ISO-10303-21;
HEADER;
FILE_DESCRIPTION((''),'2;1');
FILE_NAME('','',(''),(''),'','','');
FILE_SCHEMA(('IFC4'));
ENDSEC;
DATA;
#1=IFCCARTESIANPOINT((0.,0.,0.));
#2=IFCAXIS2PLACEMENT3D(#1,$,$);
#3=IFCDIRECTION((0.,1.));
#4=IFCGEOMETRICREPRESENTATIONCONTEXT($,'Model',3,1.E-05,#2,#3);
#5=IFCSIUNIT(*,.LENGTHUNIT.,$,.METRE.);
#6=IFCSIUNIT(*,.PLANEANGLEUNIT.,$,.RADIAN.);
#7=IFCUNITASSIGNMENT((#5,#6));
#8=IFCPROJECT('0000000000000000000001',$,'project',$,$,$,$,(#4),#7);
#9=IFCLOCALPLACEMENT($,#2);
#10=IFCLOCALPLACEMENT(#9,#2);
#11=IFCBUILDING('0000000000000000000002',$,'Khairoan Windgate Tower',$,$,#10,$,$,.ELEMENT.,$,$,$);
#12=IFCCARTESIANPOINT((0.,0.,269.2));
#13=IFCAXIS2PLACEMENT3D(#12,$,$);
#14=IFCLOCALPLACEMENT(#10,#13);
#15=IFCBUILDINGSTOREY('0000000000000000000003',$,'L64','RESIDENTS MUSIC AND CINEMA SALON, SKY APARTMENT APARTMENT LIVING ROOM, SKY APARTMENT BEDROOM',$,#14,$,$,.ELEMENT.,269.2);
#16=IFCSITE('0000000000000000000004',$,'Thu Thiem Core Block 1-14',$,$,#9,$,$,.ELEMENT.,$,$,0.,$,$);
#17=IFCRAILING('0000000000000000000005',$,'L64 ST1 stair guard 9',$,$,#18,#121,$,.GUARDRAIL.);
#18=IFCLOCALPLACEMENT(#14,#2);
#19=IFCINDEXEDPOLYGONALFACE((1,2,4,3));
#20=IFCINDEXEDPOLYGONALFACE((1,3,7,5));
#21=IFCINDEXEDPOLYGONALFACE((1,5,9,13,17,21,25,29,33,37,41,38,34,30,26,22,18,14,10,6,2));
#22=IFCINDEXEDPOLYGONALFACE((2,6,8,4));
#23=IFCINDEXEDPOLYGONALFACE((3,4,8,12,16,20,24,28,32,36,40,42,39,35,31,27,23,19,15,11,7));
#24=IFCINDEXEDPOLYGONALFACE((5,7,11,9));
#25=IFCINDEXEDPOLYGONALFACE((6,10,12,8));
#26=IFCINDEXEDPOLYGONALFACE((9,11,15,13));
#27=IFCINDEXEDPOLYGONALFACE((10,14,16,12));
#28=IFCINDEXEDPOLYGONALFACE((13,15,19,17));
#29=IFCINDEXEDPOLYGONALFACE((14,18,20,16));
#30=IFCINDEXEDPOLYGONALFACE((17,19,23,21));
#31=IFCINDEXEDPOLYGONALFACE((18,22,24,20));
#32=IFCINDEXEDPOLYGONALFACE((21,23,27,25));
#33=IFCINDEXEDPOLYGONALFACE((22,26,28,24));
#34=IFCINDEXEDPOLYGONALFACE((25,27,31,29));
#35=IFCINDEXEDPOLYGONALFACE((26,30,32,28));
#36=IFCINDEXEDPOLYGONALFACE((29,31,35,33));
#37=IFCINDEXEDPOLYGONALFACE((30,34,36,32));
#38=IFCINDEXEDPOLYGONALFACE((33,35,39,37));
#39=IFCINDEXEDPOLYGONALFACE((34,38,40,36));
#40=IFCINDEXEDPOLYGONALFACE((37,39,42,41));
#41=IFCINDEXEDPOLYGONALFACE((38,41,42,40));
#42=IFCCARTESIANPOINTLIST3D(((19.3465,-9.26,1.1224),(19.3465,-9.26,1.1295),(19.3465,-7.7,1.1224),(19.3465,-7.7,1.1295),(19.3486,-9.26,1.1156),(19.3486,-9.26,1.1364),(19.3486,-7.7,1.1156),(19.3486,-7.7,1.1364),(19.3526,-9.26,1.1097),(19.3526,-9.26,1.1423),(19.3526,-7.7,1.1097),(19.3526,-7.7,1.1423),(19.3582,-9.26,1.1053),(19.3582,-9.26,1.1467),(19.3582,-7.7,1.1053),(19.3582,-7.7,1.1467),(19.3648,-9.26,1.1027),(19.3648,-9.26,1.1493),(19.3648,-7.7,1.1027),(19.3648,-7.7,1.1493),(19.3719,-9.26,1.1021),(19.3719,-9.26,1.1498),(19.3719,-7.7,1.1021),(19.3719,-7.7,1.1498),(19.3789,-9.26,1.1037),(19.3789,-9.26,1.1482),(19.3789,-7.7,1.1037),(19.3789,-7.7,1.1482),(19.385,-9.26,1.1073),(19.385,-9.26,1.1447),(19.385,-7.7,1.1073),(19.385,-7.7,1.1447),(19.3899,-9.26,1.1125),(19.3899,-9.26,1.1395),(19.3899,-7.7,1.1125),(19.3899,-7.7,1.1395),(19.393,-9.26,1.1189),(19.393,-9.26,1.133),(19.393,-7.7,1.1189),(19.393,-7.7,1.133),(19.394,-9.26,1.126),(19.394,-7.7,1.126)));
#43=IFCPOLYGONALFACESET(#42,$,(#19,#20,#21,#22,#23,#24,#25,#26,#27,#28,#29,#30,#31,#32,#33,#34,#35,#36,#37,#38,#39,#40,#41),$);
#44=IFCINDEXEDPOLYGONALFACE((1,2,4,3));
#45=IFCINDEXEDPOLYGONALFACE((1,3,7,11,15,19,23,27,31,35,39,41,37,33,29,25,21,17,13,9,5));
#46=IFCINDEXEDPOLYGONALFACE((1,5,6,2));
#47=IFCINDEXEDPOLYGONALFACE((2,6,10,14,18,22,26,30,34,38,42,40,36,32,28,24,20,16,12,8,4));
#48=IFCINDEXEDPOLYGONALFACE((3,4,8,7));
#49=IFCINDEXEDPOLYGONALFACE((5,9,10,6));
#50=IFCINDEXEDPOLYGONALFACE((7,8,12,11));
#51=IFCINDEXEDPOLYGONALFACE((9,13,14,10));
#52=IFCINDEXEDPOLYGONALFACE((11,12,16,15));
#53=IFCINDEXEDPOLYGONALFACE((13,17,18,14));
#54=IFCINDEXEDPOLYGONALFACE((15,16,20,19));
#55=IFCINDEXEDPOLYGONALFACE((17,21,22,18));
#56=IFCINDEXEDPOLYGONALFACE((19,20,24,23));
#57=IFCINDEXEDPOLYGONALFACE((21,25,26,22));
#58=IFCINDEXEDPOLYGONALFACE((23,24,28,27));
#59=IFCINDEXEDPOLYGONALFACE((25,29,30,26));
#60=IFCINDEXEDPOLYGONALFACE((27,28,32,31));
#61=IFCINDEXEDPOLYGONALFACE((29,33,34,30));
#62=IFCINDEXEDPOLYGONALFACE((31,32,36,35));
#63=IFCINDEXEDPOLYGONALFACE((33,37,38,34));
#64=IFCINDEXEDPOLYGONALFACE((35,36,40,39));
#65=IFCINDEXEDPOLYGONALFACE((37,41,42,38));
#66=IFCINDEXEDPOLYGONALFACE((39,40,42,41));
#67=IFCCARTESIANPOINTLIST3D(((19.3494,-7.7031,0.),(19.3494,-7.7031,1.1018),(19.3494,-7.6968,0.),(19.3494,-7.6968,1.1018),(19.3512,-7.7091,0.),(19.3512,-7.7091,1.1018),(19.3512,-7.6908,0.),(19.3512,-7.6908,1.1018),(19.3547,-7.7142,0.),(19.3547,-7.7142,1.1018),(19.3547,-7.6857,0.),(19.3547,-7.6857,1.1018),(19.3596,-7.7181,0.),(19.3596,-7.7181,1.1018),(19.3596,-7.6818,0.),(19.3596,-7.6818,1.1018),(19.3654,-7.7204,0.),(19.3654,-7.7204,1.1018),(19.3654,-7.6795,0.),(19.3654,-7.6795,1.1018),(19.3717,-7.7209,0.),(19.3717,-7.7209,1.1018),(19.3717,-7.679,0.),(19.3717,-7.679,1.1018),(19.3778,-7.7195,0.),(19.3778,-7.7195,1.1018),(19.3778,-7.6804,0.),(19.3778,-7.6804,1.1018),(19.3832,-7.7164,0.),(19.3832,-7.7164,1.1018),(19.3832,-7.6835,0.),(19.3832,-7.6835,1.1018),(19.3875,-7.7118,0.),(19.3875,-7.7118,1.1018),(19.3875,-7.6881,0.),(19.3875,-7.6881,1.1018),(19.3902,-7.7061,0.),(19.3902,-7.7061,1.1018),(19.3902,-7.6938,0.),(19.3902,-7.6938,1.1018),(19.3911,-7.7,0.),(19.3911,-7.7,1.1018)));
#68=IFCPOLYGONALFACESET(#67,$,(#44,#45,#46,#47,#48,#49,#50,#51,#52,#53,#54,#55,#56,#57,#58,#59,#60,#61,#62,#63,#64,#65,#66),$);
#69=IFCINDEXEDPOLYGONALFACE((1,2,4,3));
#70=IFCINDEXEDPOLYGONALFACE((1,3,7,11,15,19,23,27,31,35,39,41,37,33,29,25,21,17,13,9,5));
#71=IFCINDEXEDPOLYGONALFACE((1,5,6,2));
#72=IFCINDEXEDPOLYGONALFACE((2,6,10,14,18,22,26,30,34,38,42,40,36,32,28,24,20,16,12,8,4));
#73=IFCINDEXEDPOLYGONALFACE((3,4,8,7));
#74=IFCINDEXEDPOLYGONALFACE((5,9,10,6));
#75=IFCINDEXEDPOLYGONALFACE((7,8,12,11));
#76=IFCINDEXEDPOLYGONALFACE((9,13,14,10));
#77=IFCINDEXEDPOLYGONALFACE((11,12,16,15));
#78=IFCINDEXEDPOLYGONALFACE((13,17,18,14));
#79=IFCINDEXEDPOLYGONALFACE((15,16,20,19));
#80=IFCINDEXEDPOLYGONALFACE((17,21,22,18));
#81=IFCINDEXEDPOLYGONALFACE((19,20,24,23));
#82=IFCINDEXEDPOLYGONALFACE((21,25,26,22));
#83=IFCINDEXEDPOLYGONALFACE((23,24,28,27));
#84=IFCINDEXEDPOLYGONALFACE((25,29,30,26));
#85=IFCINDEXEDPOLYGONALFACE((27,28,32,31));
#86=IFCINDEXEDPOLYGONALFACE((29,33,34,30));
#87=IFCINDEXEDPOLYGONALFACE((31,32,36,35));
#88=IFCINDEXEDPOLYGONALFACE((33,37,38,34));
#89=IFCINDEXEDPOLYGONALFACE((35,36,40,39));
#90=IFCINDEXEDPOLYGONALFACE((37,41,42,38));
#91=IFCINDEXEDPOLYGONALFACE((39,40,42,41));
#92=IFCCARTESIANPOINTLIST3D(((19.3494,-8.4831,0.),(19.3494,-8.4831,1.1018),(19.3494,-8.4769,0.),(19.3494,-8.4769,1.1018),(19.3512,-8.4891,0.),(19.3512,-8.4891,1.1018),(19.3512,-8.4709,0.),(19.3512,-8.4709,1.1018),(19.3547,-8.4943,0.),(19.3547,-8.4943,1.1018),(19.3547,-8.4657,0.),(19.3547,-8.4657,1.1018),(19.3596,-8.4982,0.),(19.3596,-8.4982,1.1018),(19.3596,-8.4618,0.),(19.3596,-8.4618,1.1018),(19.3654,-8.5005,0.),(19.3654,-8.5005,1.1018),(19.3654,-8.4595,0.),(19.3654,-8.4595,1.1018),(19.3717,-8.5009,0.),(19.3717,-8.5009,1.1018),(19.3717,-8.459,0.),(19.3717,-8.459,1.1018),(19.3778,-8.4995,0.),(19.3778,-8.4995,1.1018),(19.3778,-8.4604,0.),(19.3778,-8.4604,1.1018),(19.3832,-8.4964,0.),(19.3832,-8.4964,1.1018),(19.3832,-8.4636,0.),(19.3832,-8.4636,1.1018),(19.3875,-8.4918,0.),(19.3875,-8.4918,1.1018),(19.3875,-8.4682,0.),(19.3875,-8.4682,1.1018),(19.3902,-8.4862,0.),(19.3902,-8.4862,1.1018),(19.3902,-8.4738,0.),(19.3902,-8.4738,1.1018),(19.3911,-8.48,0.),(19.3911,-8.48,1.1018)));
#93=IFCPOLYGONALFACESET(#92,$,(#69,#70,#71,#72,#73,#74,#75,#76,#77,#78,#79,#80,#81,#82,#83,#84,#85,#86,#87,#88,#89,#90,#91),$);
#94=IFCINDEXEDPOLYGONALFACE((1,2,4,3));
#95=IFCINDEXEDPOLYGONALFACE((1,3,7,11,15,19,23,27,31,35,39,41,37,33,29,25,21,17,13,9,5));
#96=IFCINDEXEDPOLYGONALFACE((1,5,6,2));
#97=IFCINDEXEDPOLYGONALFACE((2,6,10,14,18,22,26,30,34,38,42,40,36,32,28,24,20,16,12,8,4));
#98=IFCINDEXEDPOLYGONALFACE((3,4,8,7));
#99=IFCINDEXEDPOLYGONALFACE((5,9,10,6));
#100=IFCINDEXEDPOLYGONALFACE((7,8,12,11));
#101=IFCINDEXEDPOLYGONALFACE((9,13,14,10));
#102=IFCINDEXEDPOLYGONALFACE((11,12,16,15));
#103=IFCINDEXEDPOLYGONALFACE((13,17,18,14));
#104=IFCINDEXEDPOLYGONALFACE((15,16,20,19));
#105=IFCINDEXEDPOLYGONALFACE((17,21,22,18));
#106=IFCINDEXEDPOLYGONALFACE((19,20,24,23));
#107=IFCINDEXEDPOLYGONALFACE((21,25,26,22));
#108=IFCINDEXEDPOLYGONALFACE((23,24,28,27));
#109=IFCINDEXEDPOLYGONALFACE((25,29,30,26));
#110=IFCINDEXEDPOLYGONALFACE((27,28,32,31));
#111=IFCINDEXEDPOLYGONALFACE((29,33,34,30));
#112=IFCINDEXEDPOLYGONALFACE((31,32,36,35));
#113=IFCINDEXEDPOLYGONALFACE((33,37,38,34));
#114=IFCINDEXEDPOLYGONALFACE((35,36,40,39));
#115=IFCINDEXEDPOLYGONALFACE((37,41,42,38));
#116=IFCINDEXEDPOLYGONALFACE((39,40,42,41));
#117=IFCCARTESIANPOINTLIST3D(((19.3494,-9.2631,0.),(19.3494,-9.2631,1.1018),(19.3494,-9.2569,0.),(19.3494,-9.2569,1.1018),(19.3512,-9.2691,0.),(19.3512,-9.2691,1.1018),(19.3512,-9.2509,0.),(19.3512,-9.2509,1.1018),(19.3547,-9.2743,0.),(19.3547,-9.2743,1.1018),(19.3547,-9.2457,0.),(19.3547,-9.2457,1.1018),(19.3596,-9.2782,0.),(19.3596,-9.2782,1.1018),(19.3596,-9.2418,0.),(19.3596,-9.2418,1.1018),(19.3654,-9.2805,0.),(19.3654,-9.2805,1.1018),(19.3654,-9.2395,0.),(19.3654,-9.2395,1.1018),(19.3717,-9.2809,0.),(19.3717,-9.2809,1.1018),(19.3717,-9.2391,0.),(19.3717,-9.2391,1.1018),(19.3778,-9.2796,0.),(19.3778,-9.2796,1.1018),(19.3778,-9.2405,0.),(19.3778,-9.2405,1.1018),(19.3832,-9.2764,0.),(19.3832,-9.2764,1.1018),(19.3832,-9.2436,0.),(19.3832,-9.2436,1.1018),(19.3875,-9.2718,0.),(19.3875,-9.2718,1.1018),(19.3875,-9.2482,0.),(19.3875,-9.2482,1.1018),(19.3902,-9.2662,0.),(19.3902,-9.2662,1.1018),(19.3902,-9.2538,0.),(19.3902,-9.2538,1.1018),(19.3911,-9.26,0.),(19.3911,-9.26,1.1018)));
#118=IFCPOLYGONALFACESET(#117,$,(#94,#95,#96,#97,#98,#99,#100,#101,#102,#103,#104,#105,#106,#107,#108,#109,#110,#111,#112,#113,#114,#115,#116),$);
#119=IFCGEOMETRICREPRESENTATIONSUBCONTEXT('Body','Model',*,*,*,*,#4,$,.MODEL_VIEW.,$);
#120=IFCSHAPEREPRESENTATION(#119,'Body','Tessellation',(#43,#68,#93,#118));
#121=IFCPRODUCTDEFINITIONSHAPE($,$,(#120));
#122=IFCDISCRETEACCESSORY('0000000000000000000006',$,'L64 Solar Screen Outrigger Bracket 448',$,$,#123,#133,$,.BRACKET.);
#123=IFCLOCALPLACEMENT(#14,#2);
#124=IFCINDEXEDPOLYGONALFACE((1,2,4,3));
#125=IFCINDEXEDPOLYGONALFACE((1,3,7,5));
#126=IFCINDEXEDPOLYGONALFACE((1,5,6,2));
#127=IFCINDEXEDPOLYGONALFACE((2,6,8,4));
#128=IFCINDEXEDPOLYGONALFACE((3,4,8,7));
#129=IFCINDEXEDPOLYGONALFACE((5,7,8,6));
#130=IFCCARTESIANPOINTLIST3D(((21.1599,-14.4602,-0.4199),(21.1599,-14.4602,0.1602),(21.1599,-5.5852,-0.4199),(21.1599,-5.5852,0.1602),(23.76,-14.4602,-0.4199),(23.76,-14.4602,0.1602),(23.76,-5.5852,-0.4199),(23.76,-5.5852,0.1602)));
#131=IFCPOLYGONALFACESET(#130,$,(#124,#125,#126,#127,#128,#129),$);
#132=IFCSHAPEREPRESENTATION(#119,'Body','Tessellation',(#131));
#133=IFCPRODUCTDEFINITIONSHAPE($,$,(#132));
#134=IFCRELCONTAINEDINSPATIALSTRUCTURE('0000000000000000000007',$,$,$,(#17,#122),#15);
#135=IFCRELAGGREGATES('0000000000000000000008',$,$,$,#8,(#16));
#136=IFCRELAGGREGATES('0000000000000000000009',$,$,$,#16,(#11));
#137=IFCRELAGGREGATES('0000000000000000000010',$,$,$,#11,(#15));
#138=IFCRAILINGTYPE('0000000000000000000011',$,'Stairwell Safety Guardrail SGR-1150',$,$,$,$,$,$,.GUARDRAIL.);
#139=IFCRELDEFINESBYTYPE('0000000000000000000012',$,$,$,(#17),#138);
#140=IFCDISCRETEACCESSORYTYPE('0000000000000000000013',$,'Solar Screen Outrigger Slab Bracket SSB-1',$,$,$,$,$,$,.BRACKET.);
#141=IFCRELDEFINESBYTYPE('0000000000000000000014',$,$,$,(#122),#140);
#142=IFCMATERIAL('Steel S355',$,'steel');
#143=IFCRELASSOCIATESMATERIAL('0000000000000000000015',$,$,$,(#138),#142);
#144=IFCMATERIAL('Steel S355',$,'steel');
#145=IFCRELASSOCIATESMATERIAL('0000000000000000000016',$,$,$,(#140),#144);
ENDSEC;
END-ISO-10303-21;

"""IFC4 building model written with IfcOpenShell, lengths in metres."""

from ifc_helpers import new_model, si_unit, direction, frame, origin, origin_2d, place, context, subcontext, project, spatial, rectangle, circle, extrude, material, type_object, element, save


model = new_model("IFC4")

# Units and contexts
model_context = context("Model", 3, precision=1e-05, world=origin(), true_north=direction((0.0, 1.0)))
body_context = subcontext(model_context, "Body", "Model", "MODEL_VIEW")
ifc_project = project(units=[si_unit("LENGTHUNIT", "METRE"), si_unit("PLANEANGLEUNIT", "RADIAN")], contexts=[model_context])

# Site, building, storey
site_placement = place(None, origin())
site = spatial("IfcSite", under=ifc_project, at=site_placement, Name="Thu Thiem Core Block 1-14", CompositionType="ELEMENT", RefElevation=0.0)
building_placement = place(site_placement, origin())
building = spatial("IfcBuilding", under=site, at=building_placement, Name="Khairoan Windgate Tower", CompositionType="ELEMENT")
storey_placement = place(building_placement, frame((0.0, 0.0, 269.2)))
storey = spatial("IfcBuildingStorey", under=building, at=storey_placement, Name="L64", Description="RESIDENTS MUSIC AND CINEMA SALON, SKY APARTMENT APARTMENT LIVING ROOM, SKY APARTMENT BEDROOM", CompositionType="ELEMENT", Elevation=269.2)

# Railing
ifc_material_1 = material(Name="Steel S355", Category="steel")
railing_type_1 = type_object("IfcRailingType", Name="Stairwell Safety Guardrail SGR-1150", PredefinedType="GUARDRAIL", material=ifc_material_1)
for number, where, name in (
    (1, (19.3701, -7.7, 0.0), "L64 ST1 stair guard 9"),
):
    element("IfcRailing", number, at=place(storey_placement, frame(where)), inside=storey, type_object=railing_type_1, Name=name, PredefinedType="GUARDRAIL", context=body_context, shape_type="SweptSolid", body=[
        extrude(circle(Radius=0.0239, at=origin_2d()), frame((0.0, 0.0, 1.126), z_axis=(0.0, -1.0, 0.0), x_axis=(1.0, 0.0, 0.0)), (0.0, 0.0, 1.0), 1.5601),
        extrude(circle(Radius=0.021, at=origin_2d()), origin(), (0.0, 0.0, 1.0), 1.1018),
        extrude(circle(Radius=0.021, at=origin_2d()), frame((0.0, -0.78, 0.0)), (0.0, 0.0, 1.0), 1.1018),
        extrude(circle(Radius=0.021, at=origin_2d()), frame((0.0, -1.5601, 0.0)), (0.0, 0.0, 1.0), 1.1018),
    ])

# Discrete accessory
ifc_material_2 = material(Name="Steel S355", Category="steel")
discrete_accessory_type = type_object("IfcDiscreteAccessoryType", Name="Solar Screen Outrigger Slab Bracket SSB-1", PredefinedType="BRACKET", material=ifc_material_2)
discrete_accessory_placement = place(storey_placement, frame((22.46, -10.0227, -0.4199), z_axis=(0.0, 0.0, 1.0), x_axis=(0.0, -1.0, 0.0)))
element("IfcDiscreteAccessory", 2, at=discrete_accessory_placement, inside=storey, type_object=discrete_accessory_type, Name="L64 Solar Screen Outrigger Bracket 448", PredefinedType="BRACKET", context=body_context, shape_type="SweptSolid", body=[
    extrude(rectangle(XDim=8.875, YDim=2.6001, at=origin_2d()), origin(), (0.0, 0.0, 1.0), 0.5801),
])

save(model, "model.ifc")
